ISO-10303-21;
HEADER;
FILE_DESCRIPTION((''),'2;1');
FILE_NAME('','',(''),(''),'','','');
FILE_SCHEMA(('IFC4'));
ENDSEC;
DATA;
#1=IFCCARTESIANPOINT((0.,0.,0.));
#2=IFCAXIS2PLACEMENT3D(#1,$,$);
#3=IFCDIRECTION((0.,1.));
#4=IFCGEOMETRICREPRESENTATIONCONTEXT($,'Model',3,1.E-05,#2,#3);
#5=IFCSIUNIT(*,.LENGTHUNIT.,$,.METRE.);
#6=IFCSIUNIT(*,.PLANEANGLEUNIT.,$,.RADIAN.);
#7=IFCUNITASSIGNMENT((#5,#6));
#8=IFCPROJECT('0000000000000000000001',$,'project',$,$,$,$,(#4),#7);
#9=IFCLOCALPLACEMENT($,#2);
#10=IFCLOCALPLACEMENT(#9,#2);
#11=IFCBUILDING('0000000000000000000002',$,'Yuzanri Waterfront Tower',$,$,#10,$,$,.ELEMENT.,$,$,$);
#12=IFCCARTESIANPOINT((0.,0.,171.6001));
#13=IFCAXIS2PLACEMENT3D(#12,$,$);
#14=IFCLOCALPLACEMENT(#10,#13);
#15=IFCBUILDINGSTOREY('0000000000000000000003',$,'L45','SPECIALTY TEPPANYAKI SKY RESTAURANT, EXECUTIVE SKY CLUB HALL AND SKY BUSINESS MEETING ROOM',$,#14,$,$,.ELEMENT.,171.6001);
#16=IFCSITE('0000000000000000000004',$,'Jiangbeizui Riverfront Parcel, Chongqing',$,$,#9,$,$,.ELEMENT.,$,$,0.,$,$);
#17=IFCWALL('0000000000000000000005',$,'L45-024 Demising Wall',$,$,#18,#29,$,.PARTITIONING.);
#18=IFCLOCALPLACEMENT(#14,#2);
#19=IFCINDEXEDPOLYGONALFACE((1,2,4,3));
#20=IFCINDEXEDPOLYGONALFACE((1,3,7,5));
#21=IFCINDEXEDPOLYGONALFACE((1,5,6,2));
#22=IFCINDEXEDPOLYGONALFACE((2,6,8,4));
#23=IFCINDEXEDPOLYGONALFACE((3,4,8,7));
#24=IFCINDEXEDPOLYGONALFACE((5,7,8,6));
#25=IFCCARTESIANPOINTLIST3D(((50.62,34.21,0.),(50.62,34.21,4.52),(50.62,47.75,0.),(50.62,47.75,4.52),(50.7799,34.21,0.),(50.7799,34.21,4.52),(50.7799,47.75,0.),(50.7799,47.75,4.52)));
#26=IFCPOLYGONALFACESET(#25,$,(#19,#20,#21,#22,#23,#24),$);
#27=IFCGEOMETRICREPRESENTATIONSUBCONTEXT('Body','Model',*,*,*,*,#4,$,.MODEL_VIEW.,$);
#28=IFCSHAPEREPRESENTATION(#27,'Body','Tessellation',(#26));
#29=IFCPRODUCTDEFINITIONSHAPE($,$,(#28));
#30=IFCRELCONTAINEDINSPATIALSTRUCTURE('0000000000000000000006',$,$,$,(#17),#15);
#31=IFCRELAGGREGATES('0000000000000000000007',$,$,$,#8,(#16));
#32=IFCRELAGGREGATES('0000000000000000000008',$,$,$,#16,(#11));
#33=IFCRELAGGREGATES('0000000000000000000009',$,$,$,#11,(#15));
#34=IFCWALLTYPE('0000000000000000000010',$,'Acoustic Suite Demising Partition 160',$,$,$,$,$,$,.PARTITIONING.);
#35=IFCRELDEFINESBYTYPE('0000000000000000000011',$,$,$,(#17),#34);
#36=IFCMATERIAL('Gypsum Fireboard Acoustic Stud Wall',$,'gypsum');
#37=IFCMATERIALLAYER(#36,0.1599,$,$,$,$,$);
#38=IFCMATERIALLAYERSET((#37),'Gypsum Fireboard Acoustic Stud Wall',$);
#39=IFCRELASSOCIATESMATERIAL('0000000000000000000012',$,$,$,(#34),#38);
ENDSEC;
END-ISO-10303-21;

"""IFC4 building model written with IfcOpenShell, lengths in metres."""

from ifc_helpers import new_model, si_unit, direction, frame, frame_2d, origin, place, context, subcontext, project, spatial, rectangle, extrude, source, transform, mapped, material, layer, layer_set, type_object, element, save


model = new_model("IFC4")

# Units and contexts
model_context = context("Model", 3, precision=1e-05, world=origin(), true_north=direction((0.0, 1.0)))
body_context = subcontext(model_context, "Body", "Model", "MODEL_VIEW")
ifc_project = project(units=[si_unit("LENGTHUNIT", "METRE"), si_unit("PLANEANGLEUNIT", "RADIAN")], contexts=[model_context])

# Site, building, storey
site_placement = place(None, origin())
site = spatial("IfcSite", under=ifc_project, at=site_placement, Name="Jiangbeizui Riverfront Parcel, Chongqing", CompositionType="ELEMENT", RefElevation=0.0)
building_placement = place(site_placement, origin())
building = spatial("IfcBuilding", under=site, at=building_placement, Name="Yuzanri Waterfront Tower", CompositionType="ELEMENT")
storey_placement = place(building_placement, frame((0.0, 0.0, 171.6001)))
storey = spatial("IfcBuildingStorey", under=building, at=storey_placement, Name="L45", Description="SPECIALTY TEPPANYAKI SKY RESTAURANT, EXECUTIVE SKY CLUB HALL AND SKY BUSINESS MEETING ROOM", CompositionType="ELEMENT", Elevation=171.6001)

# Wall
ifc_material_1 = material(Name="Gypsum Fireboard Acoustic Stud Wall", Category="gypsum")
ifc_layer_1 = layer(ifc_material_1, 0.1599)
ifc_layer_set_1 = layer_set([ifc_layer_1], Name="Gypsum Fireboard Acoustic Stud Wall")
wall_type_1 = type_object("IfcWallType", Name="Acoustic Suite Demising Partition 160", PredefinedType="PARTITIONING", material=ifc_layer_set_1)
shared_shape_1 = source(origin(), body_context, "Body", "SweptSolid", [
    extrude(rectangle(XDim=13.54, YDim=0.1599, at=frame_2d((6.77, 0.0))), origin(), (0.0, 0.0, 1.0), 4.52),
])
wall_1_placement = place(storey_placement, frame((50.7, 34.21, 0.0), z_axis=(0.0, 0.0, 1.0), x_axis=(0.0, 1.0, 0.0)))
element("IfcWall", 1, at=wall_1_placement, inside=storey, type_object=wall_type_1, Name="L45-024 Demising Wall", PredefinedType="PARTITIONING", context=body_context, shape_type="MappedRepresentation", body=[
    mapped(shared_shape_1, transform((0.0, 0.0, 0.0), scale=1.0)),
])

save(model, "model.ifc")
